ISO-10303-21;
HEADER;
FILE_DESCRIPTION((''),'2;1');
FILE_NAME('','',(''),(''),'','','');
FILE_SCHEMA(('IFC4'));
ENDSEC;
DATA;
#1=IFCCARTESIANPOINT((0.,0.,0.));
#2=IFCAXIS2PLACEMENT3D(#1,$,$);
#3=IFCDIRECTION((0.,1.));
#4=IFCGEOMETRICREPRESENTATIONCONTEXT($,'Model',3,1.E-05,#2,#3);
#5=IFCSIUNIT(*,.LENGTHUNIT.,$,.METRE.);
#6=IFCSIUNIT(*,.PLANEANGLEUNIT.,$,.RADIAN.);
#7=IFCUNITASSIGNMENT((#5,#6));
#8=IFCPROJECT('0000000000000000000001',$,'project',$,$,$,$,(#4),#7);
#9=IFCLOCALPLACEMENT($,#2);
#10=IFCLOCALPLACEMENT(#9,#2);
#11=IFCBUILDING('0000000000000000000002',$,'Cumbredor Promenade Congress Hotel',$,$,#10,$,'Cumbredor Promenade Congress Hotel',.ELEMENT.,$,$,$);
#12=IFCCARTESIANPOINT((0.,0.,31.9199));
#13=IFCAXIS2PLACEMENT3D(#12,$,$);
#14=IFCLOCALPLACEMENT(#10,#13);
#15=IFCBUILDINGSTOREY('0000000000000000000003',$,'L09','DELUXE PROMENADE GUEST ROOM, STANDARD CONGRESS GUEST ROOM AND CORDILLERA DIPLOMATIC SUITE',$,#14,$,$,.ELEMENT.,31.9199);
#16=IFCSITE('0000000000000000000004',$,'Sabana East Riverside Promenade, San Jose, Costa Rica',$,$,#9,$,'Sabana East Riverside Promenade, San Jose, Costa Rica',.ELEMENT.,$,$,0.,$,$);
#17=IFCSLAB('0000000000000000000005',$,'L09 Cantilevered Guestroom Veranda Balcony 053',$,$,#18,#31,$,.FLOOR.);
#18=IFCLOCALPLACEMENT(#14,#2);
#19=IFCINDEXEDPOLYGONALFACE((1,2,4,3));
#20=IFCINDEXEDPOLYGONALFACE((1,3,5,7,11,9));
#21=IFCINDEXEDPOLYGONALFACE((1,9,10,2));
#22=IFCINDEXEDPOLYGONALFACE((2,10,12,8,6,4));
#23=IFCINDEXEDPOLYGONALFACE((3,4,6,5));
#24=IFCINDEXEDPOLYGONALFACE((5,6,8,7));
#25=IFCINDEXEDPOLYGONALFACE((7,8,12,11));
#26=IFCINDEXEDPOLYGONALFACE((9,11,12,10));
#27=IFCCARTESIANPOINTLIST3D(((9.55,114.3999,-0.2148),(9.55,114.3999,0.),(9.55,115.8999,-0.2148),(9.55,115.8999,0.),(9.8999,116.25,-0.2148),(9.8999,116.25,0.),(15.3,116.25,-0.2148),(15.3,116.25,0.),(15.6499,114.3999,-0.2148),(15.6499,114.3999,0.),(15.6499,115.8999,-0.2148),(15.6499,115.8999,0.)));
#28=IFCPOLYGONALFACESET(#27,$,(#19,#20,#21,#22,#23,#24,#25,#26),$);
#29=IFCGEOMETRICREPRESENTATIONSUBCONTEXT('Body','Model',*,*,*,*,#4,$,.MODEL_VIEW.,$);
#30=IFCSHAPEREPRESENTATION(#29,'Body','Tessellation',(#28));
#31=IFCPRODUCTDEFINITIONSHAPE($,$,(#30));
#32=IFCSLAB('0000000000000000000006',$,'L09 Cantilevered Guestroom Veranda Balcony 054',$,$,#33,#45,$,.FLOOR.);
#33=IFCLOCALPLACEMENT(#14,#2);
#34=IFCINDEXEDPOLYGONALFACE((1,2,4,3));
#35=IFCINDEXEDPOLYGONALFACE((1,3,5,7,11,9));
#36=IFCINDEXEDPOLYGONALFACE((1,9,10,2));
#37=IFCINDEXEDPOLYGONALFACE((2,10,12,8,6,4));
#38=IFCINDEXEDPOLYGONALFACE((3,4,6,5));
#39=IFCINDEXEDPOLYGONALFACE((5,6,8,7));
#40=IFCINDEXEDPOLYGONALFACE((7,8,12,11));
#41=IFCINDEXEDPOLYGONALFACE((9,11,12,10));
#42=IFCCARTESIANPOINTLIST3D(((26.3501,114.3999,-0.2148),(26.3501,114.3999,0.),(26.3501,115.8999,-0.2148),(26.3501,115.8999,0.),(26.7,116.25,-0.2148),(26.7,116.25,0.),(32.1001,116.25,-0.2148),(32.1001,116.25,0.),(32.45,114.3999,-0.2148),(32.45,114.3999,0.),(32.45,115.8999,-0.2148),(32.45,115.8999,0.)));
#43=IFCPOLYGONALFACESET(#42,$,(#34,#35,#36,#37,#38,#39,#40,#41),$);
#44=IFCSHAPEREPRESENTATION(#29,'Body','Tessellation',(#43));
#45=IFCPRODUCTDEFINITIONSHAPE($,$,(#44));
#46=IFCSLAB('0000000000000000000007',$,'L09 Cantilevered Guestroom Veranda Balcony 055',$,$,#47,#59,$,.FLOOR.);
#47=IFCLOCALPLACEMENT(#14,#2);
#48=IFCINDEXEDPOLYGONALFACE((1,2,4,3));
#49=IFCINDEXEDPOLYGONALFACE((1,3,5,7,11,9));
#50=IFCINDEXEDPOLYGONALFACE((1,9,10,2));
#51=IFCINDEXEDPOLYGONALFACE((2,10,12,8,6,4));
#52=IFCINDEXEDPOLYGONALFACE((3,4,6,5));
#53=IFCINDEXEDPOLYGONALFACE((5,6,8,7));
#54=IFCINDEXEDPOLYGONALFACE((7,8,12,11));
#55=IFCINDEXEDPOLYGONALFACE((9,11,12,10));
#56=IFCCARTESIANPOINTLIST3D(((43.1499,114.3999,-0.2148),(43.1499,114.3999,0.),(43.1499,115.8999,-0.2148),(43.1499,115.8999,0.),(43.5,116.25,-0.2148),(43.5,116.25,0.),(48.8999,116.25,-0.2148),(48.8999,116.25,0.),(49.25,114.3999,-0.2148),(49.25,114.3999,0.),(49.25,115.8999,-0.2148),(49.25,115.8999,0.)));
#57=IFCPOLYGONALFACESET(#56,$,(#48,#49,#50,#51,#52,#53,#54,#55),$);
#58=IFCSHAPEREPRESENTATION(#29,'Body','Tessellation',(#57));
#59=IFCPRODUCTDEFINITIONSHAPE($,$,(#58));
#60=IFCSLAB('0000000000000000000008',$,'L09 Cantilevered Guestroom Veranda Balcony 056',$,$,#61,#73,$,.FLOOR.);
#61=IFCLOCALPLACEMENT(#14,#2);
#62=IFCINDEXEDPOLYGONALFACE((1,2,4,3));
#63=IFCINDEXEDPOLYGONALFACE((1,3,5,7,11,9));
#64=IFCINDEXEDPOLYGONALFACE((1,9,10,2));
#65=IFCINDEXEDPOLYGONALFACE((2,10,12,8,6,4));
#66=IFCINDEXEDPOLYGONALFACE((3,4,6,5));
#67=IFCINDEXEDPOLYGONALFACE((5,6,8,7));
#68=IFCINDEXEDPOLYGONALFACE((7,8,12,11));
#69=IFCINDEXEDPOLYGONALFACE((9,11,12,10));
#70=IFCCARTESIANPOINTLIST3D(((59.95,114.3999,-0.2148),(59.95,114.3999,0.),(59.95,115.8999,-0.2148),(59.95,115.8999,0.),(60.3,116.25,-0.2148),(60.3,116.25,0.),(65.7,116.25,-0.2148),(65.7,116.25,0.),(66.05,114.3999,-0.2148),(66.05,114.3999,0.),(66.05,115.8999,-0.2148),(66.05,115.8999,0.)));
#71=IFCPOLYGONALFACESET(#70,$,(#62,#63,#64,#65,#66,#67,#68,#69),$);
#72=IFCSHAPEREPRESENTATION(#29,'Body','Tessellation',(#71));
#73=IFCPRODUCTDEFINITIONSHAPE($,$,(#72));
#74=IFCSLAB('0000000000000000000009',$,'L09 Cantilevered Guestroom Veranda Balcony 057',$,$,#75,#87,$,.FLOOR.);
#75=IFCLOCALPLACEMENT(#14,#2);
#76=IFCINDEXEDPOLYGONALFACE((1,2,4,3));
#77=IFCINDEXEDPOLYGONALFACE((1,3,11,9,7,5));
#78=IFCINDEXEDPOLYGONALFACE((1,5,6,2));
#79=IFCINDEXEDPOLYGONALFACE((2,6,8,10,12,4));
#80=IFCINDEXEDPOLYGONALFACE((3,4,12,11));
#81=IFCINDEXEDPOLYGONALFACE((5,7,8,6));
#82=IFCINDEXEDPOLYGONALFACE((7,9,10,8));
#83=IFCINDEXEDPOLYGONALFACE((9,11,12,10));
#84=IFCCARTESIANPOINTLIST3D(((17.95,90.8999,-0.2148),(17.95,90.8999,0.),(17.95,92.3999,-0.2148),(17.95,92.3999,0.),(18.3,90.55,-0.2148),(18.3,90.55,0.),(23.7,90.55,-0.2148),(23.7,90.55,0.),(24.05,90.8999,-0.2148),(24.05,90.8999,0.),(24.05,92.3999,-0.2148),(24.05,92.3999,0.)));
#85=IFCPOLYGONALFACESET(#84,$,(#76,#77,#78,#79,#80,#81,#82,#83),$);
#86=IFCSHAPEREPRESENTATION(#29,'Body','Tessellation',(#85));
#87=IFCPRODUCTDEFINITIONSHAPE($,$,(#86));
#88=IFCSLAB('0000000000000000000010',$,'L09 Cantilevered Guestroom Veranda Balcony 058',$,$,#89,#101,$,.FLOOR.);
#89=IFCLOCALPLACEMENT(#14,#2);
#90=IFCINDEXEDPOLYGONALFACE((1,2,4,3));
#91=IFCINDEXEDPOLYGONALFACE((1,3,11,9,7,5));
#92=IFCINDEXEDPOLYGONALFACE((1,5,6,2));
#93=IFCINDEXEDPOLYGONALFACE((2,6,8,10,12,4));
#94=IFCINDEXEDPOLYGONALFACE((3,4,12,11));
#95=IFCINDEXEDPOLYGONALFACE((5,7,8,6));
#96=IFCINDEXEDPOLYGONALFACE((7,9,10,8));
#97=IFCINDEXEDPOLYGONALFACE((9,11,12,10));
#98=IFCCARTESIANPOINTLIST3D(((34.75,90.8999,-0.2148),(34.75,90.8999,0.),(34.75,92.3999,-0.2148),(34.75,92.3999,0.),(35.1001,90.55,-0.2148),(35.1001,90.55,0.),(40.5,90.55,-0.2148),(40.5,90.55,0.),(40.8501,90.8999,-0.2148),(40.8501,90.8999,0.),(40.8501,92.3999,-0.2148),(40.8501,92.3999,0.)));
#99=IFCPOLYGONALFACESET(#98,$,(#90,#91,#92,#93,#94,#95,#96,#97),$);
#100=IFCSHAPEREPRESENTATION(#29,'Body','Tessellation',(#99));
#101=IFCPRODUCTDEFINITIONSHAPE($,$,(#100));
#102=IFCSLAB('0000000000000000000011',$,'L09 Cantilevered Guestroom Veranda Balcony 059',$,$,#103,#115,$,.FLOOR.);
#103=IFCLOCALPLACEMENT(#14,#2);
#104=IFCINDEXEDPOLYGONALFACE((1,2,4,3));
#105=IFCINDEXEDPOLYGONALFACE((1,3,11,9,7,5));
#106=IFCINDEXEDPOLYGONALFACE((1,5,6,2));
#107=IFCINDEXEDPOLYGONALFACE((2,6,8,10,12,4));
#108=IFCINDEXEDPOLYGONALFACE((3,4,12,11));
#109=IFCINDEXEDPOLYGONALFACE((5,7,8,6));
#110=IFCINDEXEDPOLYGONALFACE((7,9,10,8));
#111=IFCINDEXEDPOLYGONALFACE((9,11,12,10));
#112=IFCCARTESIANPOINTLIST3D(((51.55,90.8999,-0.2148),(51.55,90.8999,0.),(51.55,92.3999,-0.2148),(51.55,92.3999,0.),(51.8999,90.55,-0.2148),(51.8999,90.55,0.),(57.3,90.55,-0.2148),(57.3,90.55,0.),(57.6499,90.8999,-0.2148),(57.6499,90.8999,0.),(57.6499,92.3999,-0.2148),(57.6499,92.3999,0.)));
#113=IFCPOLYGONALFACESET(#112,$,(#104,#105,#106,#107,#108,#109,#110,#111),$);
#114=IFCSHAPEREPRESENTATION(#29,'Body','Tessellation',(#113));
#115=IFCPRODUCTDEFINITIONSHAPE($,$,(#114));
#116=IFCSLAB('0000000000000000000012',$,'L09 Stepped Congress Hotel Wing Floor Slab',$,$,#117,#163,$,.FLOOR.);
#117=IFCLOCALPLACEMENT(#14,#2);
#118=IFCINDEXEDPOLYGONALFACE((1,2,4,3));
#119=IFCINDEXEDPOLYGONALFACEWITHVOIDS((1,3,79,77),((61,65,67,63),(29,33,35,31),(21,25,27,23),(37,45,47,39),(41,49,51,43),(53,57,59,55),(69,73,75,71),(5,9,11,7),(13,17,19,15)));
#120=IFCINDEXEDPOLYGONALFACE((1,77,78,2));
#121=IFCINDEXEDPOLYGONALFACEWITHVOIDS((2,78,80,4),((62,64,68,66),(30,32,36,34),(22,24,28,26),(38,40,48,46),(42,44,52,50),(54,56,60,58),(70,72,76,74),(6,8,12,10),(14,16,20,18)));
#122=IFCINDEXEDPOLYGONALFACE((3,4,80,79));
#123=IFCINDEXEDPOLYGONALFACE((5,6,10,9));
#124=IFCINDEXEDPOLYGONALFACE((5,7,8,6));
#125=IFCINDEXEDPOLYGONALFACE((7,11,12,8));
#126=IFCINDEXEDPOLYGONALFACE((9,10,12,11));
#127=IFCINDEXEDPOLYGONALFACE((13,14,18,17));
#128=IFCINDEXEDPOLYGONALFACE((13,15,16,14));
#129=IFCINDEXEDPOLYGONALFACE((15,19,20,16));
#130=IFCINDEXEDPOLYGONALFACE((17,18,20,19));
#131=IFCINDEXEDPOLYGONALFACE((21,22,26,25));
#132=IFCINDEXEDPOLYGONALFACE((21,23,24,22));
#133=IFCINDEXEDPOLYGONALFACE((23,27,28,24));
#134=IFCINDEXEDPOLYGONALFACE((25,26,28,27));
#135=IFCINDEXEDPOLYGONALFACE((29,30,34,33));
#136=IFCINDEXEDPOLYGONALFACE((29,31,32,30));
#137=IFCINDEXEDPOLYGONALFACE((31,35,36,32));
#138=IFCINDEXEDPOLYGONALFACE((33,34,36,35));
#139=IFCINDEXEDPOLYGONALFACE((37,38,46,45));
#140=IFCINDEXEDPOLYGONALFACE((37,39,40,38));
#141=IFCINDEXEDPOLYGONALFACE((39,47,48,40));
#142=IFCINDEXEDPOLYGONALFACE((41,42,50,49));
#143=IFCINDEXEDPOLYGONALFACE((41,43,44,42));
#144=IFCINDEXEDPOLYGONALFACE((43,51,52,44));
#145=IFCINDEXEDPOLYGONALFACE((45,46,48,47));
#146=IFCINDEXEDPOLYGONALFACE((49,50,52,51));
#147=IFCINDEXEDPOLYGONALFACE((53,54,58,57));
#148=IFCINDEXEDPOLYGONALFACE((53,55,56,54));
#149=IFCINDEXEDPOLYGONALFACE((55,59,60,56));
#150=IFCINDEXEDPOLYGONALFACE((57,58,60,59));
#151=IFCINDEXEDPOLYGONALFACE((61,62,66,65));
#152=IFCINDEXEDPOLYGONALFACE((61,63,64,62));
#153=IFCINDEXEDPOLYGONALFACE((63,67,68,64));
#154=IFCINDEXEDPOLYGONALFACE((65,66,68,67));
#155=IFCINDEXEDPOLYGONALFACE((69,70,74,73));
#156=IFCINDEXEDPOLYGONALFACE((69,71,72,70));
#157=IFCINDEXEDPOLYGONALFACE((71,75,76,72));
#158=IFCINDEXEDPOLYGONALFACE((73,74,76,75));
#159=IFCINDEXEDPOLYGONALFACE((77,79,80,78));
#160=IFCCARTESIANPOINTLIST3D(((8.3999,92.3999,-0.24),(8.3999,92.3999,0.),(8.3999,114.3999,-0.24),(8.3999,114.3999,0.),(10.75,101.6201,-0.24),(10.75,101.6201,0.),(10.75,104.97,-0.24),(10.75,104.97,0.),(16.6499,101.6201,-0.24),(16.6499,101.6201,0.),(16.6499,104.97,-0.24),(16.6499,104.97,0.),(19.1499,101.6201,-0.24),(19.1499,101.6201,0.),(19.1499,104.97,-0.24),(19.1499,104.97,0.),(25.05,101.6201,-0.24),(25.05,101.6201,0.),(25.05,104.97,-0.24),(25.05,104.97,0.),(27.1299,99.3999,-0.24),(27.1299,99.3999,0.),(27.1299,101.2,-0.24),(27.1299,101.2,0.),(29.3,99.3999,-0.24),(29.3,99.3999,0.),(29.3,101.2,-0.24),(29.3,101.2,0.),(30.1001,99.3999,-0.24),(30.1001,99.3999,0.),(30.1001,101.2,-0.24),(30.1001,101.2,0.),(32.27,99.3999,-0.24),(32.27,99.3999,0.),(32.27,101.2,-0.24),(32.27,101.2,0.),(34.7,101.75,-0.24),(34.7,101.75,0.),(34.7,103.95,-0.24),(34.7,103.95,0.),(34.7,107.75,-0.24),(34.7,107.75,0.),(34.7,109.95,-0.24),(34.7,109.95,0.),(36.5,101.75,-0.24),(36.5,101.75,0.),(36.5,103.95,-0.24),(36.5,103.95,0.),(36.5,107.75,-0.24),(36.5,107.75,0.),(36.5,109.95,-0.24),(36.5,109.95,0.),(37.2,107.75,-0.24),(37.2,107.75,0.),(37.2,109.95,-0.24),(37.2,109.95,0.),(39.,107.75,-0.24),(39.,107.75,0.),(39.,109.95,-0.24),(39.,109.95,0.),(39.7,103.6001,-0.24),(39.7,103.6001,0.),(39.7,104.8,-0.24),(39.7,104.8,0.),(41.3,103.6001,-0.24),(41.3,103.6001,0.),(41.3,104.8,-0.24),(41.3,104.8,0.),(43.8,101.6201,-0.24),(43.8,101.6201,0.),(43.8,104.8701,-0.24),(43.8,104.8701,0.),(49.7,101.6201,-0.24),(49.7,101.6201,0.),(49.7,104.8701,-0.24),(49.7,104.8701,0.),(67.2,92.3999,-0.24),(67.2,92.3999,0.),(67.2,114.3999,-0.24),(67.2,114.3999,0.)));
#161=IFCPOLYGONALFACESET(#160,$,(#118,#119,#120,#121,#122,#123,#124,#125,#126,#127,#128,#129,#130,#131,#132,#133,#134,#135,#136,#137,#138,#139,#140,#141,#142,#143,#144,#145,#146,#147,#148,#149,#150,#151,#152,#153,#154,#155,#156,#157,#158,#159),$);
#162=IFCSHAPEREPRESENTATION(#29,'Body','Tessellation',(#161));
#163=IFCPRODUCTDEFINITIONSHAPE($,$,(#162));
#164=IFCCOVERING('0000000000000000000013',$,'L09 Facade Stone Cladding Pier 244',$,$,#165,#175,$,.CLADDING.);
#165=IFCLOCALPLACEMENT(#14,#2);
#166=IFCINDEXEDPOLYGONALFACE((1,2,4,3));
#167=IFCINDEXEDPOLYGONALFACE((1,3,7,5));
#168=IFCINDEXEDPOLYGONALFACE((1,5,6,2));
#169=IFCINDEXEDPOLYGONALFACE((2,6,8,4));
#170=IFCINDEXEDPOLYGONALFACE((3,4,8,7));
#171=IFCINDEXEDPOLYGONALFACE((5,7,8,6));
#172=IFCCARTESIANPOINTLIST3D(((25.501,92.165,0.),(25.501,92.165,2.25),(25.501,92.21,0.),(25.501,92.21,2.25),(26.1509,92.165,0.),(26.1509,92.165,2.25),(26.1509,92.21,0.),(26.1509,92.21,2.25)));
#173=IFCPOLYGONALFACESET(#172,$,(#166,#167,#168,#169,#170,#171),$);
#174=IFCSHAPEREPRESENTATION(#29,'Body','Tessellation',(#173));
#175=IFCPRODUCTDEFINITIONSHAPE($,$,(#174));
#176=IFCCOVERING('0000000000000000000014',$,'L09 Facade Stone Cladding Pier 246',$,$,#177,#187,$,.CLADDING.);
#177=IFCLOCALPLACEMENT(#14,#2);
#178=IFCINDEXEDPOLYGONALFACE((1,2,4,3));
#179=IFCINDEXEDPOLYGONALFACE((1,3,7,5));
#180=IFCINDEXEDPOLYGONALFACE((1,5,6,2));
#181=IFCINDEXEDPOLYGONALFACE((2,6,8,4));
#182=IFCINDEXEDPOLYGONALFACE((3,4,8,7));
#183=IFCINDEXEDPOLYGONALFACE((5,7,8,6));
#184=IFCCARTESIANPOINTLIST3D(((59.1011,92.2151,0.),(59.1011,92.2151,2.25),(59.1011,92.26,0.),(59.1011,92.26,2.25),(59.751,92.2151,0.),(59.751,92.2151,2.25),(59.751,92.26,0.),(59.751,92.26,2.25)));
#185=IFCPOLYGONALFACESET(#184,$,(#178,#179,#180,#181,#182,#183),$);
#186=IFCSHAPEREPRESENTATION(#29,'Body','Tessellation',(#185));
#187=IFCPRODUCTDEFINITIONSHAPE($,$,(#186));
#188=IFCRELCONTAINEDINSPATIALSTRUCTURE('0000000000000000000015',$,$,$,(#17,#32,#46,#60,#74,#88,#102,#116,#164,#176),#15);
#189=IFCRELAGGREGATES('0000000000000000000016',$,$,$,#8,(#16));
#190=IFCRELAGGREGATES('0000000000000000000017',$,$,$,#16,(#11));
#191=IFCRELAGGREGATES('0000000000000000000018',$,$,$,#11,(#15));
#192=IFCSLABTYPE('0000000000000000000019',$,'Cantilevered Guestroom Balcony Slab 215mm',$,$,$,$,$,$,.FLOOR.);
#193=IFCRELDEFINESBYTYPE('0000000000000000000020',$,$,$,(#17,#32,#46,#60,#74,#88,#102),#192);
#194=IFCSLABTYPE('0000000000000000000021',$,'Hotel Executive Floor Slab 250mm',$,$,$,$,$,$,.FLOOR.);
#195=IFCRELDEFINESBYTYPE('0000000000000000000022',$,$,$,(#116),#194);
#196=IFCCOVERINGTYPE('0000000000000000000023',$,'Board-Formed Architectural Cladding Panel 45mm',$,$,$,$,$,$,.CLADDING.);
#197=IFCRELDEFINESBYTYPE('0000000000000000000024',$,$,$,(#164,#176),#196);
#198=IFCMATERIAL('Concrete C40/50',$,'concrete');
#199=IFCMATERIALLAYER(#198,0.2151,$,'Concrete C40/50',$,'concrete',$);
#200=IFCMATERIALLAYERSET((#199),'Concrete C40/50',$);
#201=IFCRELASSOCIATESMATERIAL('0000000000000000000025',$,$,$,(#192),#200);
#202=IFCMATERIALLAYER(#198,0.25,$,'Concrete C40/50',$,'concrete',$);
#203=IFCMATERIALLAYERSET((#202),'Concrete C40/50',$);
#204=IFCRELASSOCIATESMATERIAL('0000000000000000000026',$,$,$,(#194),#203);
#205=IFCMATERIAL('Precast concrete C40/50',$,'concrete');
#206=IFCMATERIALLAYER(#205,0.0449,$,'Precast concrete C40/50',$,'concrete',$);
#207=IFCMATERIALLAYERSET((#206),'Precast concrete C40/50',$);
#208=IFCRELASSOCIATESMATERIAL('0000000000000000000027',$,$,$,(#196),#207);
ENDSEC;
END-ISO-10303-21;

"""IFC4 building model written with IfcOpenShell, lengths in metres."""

from ifc_helpers import new_model, si_unit, direction, frame, origin, place, context, subcontext, project, spatial, polyline, outline, extrude, material, layer, layer_set, type_object, element, save


model = new_model("IFC4")

# Units and contexts
model_context = context("Model", 3, precision=1e-05, world=origin(), true_north=direction((0.0, 1.0)))
body_context = subcontext(model_context, "Body", "Model", "MODEL_VIEW")
ifc_project = project(units=[si_unit("LENGTHUNIT", "METRE"), si_unit("PLANEANGLEUNIT", "RADIAN")], contexts=[model_context])

# Site, building, storey
site_placement = place(None, origin())
site = spatial("IfcSite", under=ifc_project, at=site_placement, Name="Sabana East Riverside Promenade, San Jose, Costa Rica", LongName="Sabana East Riverside Promenade, San Jose, Costa Rica", CompositionType="ELEMENT", RefElevation=0.0)
building_placement = place(site_placement, origin())
building = spatial("IfcBuilding", under=site, at=building_placement, Name="Cumbredor Promenade Congress Hotel", LongName="Cumbredor Promenade Congress Hotel", CompositionType="ELEMENT")
storey_placement = place(building_placement, frame((0.0, 0.0, 31.9199)))
storey = spatial("IfcBuildingStorey", under=building, at=storey_placement, Name="L09", Description="DELUXE PROMENADE GUEST ROOM, STANDARD CONGRESS GUEST ROOM AND CORDILLERA DIPLOMATIC SUITE", CompositionType="ELEMENT", Elevation=31.9199)

# Slabs
ifc_material_1 = material(Name="Concrete C40/50", Category="concrete")
ifc_layer_1 = layer(ifc_material_1, 0.2151, Name="Concrete C40/50", Category="concrete")
ifc_layer_set_1 = layer_set([ifc_layer_1], Name="Concrete C40/50")
slab_type_1 = type_object("IfcSlabType", Name="Cantilevered Guestroom Balcony Slab 215mm", PredefinedType="FLOOR", material=ifc_layer_set_1)
slab_1_placement = place(storey_placement, frame((0.0, 0.0, -0.2148)))
element("IfcSlab", 1, at=slab_1_placement, inside=storey, type_object=slab_type_1, Name="L09 Cantilevered Guestroom Veranda Balcony 053", PredefinedType="FLOOR", context=body_context, shape_type="SweptSolid", body=[
    extrude(outline(polyline([(9.55, 114.3999), (15.6499, 114.3999), (15.6499, 115.8999), (15.3, 116.25), (9.8999, 116.25), (9.55, 115.8999), (9.55, 114.3999)])), origin(), (0.0, 0.0, 1.0), 0.2148),
])
slab_2_placement = place(storey_placement, frame((0.0, 0.0, -0.2148)))
element("IfcSlab", 2, at=slab_2_placement, inside=storey, type_object=slab_type_1, Name="L09 Cantilevered Guestroom Veranda Balcony 054", PredefinedType="FLOOR", context=body_context, shape_type="SweptSolid", body=[
    extrude(outline(polyline([(26.3501, 114.3999), (32.45, 114.3999), (32.45, 115.8999), (32.1001, 116.25), (26.7, 116.25), (26.3501, 115.8999), (26.3501, 114.3999)])), origin(), (0.0, 0.0, 1.0), 0.2148),
])
slab_3_placement = place(storey_placement, frame((0.0, 0.0, -0.2148)))
element("IfcSlab", 3, at=slab_3_placement, inside=storey, type_object=slab_type_1, Name="L09 Cantilevered Guestroom Veranda Balcony 055", PredefinedType="FLOOR", context=body_context, shape_type="SweptSolid", body=[
    extrude(outline(polyline([(43.1499, 114.3999), (49.25, 114.3999), (49.25, 115.8999), (48.8999, 116.25), (43.5, 116.25), (43.1499, 115.8999), (43.1499, 114.3999)])), origin(), (0.0, 0.0, 1.0), 0.2148),
])
slab_4_placement = place(storey_placement, frame((0.0, 0.0, -0.2148)))
element("IfcSlab", 4, at=slab_4_placement, inside=storey, type_object=slab_type_1, Name="L09 Cantilevered Guestroom Veranda Balcony 056", PredefinedType="FLOOR", context=body_context, shape_type="SweptSolid", body=[
    extrude(outline(polyline([(59.95, 114.3999), (66.05, 114.3999), (66.05, 115.8999), (65.7, 116.25), (60.3, 116.25), (59.95, 115.8999), (59.95, 114.3999)])), origin(), (0.0, 0.0, 1.0), 0.2148),
])
slab_5_placement = place(storey_placement, frame((0.0, 0.0, -0.2148)))
element("IfcSlab", 5, at=slab_5_placement, inside=storey, type_object=slab_type_1, Name="L09 Cantilevered Guestroom Veranda Balcony 057", PredefinedType="FLOOR", context=body_context, shape_type="SweptSolid", body=[
    extrude(outline(polyline([(18.3, 90.55), (23.7, 90.55), (24.05, 90.8999), (24.05, 92.3999), (17.95, 92.3999), (17.95, 90.8999), (18.3, 90.55)])), origin(), (0.0, 0.0, 1.0), 0.2148),
])
slab_6_placement = place(storey_placement, frame((0.0, 0.0, -0.2148)))
element("IfcSlab", 6, at=slab_6_placement, inside=storey, type_object=slab_type_1, Name="L09 Cantilevered Guestroom Veranda Balcony 058", PredefinedType="FLOOR", context=body_context, shape_type="SweptSolid", body=[
    extrude(outline(polyline([(35.1001, 90.55), (40.5, 90.55), (40.8501, 90.8999), (40.8501, 92.3999), (34.75, 92.3999), (34.75, 90.8999), (35.1001, 90.55)])), origin(), (0.0, 0.0, 1.0), 0.2148),
])
slab_7_placement = place(storey_placement, frame((0.0, 0.0, -0.2148)))
element("IfcSlab", 7, at=slab_7_placement, inside=storey, type_object=slab_type_1, Name="L09 Cantilevered Guestroom Veranda Balcony 059", PredefinedType="FLOOR", context=body_context, shape_type="SweptSolid", body=[
    extrude(outline(polyline([(51.8999, 90.55), (57.3, 90.55), (57.6499, 90.8999), (57.6499, 92.3999), (51.55, 92.3999), (51.55, 90.8999), (51.8999, 90.55)])), origin(), (0.0, 0.0, 1.0), 0.2148),
])
ifc_layer_2 = layer(ifc_material_1, 0.25, Name="Concrete C40/50", Category="concrete")
ifc_layer_set_2 = layer_set([ifc_layer_2], Name="Concrete C40/50")
slab_type_2 = type_object("IfcSlabType", Name="Hotel Executive Floor Slab 250mm", PredefinedType="FLOOR", material=ifc_layer_set_2)
slab_8_placement = place(storey_placement, frame((0.0, 0.0, -0.24)))
element("IfcSlab", 8, at=slab_8_placement, inside=storey, type_object=slab_type_2, Name="L09 Stepped Congress Hotel Wing Floor Slab", PredefinedType="FLOOR", context=body_context, shape_type="SweptSolid", body=[
    extrude(outline(polyline([(8.3999, 92.3999), (67.2, 92.3999), (67.2, 114.3999), (8.3999, 114.3999), (8.3999, 92.3999)]), holes=[polyline([(10.75, 101.6201), (16.6499, 101.6201), (16.6499, 104.97), (10.75, 104.97), (10.75, 101.6201)]), polyline([(19.1499, 101.6201), (25.05, 101.6201), (25.05, 104.97), (19.1499, 104.97), (19.1499, 101.6201)]), polyline([(43.8, 101.6201), (49.7, 101.6201), (49.7, 104.8701), (43.8, 104.8701), (43.8, 101.6201)]), polyline([(27.1299, 99.3999), (29.3, 99.3999), (29.3, 101.2), (27.1299, 101.2), (27.1299, 99.3999)]), polyline([(30.1001, 99.3999), (32.27, 99.3999), (32.27, 101.2), (30.1001, 101.2), (30.1001, 99.3999)]), polyline([(34.7, 107.75), (36.5, 107.75), (36.5, 109.95), (34.7, 109.95), (34.7, 107.75)]), polyline([(37.2, 107.75), (39.0, 107.75), (39.0, 109.95), (37.2, 109.95), (37.2, 107.75)]), polyline([(34.7, 101.75), (36.5, 101.75), (36.5, 103.95), (34.7, 103.95), (34.7, 101.75)]), polyline([(39.7, 103.6001), (41.3, 103.6001), (41.3, 104.8), (39.7, 104.8), (39.7, 103.6001)])]), origin(), (0.0, 0.0, 1.0), 0.24),
])

# Coverings
ifc_material_2 = material(Name="Precast concrete C40/50", Category="concrete")
ifc_layer_3 = layer(ifc_material_2, 0.0449, Name="Precast concrete C40/50", Category="concrete")
ifc_layer_set_3 = layer_set([ifc_layer_3], Name="Precast concrete C40/50")
covering_type_1 = type_object("IfcCoveringType", Name="Board-Formed Architectural Cladding Panel 45mm", PredefinedType="CLADDING", material=ifc_layer_set_3)
covering_1_placement = place(storey_placement, origin())
element("IfcCovering", 9, at=covering_1_placement, inside=storey, type_object=covering_type_1, Name="L09 Facade Stone Cladding Pier 244", PredefinedType="CLADDING", context=body_context, shape_type="SweptSolid", body=[
    extrude(outline(polyline([(25.501, 92.21), (26.1509, 92.21), (26.1509, 92.165), (25.501, 92.165), (25.501, 92.21)])), origin(), (0.0, 0.0, 1.0), 2.25),
])
covering_2_placement = place(storey_placement, origin())
element("IfcCovering", 10, at=covering_2_placement, inside=storey, type_object=covering_type_1, Name="L09 Facade Stone Cladding Pier 246", PredefinedType="CLADDING", context=body_context, shape_type="SweptSolid", body=[
    extrude(outline(polyline([(59.1011, 92.26), (59.751, 92.26), (59.751, 92.2151), (59.1011, 92.2151), (59.1011, 92.26)])), origin(), (0.0, 0.0, 1.0), 2.25),
])

save(model, "model.ifc")
